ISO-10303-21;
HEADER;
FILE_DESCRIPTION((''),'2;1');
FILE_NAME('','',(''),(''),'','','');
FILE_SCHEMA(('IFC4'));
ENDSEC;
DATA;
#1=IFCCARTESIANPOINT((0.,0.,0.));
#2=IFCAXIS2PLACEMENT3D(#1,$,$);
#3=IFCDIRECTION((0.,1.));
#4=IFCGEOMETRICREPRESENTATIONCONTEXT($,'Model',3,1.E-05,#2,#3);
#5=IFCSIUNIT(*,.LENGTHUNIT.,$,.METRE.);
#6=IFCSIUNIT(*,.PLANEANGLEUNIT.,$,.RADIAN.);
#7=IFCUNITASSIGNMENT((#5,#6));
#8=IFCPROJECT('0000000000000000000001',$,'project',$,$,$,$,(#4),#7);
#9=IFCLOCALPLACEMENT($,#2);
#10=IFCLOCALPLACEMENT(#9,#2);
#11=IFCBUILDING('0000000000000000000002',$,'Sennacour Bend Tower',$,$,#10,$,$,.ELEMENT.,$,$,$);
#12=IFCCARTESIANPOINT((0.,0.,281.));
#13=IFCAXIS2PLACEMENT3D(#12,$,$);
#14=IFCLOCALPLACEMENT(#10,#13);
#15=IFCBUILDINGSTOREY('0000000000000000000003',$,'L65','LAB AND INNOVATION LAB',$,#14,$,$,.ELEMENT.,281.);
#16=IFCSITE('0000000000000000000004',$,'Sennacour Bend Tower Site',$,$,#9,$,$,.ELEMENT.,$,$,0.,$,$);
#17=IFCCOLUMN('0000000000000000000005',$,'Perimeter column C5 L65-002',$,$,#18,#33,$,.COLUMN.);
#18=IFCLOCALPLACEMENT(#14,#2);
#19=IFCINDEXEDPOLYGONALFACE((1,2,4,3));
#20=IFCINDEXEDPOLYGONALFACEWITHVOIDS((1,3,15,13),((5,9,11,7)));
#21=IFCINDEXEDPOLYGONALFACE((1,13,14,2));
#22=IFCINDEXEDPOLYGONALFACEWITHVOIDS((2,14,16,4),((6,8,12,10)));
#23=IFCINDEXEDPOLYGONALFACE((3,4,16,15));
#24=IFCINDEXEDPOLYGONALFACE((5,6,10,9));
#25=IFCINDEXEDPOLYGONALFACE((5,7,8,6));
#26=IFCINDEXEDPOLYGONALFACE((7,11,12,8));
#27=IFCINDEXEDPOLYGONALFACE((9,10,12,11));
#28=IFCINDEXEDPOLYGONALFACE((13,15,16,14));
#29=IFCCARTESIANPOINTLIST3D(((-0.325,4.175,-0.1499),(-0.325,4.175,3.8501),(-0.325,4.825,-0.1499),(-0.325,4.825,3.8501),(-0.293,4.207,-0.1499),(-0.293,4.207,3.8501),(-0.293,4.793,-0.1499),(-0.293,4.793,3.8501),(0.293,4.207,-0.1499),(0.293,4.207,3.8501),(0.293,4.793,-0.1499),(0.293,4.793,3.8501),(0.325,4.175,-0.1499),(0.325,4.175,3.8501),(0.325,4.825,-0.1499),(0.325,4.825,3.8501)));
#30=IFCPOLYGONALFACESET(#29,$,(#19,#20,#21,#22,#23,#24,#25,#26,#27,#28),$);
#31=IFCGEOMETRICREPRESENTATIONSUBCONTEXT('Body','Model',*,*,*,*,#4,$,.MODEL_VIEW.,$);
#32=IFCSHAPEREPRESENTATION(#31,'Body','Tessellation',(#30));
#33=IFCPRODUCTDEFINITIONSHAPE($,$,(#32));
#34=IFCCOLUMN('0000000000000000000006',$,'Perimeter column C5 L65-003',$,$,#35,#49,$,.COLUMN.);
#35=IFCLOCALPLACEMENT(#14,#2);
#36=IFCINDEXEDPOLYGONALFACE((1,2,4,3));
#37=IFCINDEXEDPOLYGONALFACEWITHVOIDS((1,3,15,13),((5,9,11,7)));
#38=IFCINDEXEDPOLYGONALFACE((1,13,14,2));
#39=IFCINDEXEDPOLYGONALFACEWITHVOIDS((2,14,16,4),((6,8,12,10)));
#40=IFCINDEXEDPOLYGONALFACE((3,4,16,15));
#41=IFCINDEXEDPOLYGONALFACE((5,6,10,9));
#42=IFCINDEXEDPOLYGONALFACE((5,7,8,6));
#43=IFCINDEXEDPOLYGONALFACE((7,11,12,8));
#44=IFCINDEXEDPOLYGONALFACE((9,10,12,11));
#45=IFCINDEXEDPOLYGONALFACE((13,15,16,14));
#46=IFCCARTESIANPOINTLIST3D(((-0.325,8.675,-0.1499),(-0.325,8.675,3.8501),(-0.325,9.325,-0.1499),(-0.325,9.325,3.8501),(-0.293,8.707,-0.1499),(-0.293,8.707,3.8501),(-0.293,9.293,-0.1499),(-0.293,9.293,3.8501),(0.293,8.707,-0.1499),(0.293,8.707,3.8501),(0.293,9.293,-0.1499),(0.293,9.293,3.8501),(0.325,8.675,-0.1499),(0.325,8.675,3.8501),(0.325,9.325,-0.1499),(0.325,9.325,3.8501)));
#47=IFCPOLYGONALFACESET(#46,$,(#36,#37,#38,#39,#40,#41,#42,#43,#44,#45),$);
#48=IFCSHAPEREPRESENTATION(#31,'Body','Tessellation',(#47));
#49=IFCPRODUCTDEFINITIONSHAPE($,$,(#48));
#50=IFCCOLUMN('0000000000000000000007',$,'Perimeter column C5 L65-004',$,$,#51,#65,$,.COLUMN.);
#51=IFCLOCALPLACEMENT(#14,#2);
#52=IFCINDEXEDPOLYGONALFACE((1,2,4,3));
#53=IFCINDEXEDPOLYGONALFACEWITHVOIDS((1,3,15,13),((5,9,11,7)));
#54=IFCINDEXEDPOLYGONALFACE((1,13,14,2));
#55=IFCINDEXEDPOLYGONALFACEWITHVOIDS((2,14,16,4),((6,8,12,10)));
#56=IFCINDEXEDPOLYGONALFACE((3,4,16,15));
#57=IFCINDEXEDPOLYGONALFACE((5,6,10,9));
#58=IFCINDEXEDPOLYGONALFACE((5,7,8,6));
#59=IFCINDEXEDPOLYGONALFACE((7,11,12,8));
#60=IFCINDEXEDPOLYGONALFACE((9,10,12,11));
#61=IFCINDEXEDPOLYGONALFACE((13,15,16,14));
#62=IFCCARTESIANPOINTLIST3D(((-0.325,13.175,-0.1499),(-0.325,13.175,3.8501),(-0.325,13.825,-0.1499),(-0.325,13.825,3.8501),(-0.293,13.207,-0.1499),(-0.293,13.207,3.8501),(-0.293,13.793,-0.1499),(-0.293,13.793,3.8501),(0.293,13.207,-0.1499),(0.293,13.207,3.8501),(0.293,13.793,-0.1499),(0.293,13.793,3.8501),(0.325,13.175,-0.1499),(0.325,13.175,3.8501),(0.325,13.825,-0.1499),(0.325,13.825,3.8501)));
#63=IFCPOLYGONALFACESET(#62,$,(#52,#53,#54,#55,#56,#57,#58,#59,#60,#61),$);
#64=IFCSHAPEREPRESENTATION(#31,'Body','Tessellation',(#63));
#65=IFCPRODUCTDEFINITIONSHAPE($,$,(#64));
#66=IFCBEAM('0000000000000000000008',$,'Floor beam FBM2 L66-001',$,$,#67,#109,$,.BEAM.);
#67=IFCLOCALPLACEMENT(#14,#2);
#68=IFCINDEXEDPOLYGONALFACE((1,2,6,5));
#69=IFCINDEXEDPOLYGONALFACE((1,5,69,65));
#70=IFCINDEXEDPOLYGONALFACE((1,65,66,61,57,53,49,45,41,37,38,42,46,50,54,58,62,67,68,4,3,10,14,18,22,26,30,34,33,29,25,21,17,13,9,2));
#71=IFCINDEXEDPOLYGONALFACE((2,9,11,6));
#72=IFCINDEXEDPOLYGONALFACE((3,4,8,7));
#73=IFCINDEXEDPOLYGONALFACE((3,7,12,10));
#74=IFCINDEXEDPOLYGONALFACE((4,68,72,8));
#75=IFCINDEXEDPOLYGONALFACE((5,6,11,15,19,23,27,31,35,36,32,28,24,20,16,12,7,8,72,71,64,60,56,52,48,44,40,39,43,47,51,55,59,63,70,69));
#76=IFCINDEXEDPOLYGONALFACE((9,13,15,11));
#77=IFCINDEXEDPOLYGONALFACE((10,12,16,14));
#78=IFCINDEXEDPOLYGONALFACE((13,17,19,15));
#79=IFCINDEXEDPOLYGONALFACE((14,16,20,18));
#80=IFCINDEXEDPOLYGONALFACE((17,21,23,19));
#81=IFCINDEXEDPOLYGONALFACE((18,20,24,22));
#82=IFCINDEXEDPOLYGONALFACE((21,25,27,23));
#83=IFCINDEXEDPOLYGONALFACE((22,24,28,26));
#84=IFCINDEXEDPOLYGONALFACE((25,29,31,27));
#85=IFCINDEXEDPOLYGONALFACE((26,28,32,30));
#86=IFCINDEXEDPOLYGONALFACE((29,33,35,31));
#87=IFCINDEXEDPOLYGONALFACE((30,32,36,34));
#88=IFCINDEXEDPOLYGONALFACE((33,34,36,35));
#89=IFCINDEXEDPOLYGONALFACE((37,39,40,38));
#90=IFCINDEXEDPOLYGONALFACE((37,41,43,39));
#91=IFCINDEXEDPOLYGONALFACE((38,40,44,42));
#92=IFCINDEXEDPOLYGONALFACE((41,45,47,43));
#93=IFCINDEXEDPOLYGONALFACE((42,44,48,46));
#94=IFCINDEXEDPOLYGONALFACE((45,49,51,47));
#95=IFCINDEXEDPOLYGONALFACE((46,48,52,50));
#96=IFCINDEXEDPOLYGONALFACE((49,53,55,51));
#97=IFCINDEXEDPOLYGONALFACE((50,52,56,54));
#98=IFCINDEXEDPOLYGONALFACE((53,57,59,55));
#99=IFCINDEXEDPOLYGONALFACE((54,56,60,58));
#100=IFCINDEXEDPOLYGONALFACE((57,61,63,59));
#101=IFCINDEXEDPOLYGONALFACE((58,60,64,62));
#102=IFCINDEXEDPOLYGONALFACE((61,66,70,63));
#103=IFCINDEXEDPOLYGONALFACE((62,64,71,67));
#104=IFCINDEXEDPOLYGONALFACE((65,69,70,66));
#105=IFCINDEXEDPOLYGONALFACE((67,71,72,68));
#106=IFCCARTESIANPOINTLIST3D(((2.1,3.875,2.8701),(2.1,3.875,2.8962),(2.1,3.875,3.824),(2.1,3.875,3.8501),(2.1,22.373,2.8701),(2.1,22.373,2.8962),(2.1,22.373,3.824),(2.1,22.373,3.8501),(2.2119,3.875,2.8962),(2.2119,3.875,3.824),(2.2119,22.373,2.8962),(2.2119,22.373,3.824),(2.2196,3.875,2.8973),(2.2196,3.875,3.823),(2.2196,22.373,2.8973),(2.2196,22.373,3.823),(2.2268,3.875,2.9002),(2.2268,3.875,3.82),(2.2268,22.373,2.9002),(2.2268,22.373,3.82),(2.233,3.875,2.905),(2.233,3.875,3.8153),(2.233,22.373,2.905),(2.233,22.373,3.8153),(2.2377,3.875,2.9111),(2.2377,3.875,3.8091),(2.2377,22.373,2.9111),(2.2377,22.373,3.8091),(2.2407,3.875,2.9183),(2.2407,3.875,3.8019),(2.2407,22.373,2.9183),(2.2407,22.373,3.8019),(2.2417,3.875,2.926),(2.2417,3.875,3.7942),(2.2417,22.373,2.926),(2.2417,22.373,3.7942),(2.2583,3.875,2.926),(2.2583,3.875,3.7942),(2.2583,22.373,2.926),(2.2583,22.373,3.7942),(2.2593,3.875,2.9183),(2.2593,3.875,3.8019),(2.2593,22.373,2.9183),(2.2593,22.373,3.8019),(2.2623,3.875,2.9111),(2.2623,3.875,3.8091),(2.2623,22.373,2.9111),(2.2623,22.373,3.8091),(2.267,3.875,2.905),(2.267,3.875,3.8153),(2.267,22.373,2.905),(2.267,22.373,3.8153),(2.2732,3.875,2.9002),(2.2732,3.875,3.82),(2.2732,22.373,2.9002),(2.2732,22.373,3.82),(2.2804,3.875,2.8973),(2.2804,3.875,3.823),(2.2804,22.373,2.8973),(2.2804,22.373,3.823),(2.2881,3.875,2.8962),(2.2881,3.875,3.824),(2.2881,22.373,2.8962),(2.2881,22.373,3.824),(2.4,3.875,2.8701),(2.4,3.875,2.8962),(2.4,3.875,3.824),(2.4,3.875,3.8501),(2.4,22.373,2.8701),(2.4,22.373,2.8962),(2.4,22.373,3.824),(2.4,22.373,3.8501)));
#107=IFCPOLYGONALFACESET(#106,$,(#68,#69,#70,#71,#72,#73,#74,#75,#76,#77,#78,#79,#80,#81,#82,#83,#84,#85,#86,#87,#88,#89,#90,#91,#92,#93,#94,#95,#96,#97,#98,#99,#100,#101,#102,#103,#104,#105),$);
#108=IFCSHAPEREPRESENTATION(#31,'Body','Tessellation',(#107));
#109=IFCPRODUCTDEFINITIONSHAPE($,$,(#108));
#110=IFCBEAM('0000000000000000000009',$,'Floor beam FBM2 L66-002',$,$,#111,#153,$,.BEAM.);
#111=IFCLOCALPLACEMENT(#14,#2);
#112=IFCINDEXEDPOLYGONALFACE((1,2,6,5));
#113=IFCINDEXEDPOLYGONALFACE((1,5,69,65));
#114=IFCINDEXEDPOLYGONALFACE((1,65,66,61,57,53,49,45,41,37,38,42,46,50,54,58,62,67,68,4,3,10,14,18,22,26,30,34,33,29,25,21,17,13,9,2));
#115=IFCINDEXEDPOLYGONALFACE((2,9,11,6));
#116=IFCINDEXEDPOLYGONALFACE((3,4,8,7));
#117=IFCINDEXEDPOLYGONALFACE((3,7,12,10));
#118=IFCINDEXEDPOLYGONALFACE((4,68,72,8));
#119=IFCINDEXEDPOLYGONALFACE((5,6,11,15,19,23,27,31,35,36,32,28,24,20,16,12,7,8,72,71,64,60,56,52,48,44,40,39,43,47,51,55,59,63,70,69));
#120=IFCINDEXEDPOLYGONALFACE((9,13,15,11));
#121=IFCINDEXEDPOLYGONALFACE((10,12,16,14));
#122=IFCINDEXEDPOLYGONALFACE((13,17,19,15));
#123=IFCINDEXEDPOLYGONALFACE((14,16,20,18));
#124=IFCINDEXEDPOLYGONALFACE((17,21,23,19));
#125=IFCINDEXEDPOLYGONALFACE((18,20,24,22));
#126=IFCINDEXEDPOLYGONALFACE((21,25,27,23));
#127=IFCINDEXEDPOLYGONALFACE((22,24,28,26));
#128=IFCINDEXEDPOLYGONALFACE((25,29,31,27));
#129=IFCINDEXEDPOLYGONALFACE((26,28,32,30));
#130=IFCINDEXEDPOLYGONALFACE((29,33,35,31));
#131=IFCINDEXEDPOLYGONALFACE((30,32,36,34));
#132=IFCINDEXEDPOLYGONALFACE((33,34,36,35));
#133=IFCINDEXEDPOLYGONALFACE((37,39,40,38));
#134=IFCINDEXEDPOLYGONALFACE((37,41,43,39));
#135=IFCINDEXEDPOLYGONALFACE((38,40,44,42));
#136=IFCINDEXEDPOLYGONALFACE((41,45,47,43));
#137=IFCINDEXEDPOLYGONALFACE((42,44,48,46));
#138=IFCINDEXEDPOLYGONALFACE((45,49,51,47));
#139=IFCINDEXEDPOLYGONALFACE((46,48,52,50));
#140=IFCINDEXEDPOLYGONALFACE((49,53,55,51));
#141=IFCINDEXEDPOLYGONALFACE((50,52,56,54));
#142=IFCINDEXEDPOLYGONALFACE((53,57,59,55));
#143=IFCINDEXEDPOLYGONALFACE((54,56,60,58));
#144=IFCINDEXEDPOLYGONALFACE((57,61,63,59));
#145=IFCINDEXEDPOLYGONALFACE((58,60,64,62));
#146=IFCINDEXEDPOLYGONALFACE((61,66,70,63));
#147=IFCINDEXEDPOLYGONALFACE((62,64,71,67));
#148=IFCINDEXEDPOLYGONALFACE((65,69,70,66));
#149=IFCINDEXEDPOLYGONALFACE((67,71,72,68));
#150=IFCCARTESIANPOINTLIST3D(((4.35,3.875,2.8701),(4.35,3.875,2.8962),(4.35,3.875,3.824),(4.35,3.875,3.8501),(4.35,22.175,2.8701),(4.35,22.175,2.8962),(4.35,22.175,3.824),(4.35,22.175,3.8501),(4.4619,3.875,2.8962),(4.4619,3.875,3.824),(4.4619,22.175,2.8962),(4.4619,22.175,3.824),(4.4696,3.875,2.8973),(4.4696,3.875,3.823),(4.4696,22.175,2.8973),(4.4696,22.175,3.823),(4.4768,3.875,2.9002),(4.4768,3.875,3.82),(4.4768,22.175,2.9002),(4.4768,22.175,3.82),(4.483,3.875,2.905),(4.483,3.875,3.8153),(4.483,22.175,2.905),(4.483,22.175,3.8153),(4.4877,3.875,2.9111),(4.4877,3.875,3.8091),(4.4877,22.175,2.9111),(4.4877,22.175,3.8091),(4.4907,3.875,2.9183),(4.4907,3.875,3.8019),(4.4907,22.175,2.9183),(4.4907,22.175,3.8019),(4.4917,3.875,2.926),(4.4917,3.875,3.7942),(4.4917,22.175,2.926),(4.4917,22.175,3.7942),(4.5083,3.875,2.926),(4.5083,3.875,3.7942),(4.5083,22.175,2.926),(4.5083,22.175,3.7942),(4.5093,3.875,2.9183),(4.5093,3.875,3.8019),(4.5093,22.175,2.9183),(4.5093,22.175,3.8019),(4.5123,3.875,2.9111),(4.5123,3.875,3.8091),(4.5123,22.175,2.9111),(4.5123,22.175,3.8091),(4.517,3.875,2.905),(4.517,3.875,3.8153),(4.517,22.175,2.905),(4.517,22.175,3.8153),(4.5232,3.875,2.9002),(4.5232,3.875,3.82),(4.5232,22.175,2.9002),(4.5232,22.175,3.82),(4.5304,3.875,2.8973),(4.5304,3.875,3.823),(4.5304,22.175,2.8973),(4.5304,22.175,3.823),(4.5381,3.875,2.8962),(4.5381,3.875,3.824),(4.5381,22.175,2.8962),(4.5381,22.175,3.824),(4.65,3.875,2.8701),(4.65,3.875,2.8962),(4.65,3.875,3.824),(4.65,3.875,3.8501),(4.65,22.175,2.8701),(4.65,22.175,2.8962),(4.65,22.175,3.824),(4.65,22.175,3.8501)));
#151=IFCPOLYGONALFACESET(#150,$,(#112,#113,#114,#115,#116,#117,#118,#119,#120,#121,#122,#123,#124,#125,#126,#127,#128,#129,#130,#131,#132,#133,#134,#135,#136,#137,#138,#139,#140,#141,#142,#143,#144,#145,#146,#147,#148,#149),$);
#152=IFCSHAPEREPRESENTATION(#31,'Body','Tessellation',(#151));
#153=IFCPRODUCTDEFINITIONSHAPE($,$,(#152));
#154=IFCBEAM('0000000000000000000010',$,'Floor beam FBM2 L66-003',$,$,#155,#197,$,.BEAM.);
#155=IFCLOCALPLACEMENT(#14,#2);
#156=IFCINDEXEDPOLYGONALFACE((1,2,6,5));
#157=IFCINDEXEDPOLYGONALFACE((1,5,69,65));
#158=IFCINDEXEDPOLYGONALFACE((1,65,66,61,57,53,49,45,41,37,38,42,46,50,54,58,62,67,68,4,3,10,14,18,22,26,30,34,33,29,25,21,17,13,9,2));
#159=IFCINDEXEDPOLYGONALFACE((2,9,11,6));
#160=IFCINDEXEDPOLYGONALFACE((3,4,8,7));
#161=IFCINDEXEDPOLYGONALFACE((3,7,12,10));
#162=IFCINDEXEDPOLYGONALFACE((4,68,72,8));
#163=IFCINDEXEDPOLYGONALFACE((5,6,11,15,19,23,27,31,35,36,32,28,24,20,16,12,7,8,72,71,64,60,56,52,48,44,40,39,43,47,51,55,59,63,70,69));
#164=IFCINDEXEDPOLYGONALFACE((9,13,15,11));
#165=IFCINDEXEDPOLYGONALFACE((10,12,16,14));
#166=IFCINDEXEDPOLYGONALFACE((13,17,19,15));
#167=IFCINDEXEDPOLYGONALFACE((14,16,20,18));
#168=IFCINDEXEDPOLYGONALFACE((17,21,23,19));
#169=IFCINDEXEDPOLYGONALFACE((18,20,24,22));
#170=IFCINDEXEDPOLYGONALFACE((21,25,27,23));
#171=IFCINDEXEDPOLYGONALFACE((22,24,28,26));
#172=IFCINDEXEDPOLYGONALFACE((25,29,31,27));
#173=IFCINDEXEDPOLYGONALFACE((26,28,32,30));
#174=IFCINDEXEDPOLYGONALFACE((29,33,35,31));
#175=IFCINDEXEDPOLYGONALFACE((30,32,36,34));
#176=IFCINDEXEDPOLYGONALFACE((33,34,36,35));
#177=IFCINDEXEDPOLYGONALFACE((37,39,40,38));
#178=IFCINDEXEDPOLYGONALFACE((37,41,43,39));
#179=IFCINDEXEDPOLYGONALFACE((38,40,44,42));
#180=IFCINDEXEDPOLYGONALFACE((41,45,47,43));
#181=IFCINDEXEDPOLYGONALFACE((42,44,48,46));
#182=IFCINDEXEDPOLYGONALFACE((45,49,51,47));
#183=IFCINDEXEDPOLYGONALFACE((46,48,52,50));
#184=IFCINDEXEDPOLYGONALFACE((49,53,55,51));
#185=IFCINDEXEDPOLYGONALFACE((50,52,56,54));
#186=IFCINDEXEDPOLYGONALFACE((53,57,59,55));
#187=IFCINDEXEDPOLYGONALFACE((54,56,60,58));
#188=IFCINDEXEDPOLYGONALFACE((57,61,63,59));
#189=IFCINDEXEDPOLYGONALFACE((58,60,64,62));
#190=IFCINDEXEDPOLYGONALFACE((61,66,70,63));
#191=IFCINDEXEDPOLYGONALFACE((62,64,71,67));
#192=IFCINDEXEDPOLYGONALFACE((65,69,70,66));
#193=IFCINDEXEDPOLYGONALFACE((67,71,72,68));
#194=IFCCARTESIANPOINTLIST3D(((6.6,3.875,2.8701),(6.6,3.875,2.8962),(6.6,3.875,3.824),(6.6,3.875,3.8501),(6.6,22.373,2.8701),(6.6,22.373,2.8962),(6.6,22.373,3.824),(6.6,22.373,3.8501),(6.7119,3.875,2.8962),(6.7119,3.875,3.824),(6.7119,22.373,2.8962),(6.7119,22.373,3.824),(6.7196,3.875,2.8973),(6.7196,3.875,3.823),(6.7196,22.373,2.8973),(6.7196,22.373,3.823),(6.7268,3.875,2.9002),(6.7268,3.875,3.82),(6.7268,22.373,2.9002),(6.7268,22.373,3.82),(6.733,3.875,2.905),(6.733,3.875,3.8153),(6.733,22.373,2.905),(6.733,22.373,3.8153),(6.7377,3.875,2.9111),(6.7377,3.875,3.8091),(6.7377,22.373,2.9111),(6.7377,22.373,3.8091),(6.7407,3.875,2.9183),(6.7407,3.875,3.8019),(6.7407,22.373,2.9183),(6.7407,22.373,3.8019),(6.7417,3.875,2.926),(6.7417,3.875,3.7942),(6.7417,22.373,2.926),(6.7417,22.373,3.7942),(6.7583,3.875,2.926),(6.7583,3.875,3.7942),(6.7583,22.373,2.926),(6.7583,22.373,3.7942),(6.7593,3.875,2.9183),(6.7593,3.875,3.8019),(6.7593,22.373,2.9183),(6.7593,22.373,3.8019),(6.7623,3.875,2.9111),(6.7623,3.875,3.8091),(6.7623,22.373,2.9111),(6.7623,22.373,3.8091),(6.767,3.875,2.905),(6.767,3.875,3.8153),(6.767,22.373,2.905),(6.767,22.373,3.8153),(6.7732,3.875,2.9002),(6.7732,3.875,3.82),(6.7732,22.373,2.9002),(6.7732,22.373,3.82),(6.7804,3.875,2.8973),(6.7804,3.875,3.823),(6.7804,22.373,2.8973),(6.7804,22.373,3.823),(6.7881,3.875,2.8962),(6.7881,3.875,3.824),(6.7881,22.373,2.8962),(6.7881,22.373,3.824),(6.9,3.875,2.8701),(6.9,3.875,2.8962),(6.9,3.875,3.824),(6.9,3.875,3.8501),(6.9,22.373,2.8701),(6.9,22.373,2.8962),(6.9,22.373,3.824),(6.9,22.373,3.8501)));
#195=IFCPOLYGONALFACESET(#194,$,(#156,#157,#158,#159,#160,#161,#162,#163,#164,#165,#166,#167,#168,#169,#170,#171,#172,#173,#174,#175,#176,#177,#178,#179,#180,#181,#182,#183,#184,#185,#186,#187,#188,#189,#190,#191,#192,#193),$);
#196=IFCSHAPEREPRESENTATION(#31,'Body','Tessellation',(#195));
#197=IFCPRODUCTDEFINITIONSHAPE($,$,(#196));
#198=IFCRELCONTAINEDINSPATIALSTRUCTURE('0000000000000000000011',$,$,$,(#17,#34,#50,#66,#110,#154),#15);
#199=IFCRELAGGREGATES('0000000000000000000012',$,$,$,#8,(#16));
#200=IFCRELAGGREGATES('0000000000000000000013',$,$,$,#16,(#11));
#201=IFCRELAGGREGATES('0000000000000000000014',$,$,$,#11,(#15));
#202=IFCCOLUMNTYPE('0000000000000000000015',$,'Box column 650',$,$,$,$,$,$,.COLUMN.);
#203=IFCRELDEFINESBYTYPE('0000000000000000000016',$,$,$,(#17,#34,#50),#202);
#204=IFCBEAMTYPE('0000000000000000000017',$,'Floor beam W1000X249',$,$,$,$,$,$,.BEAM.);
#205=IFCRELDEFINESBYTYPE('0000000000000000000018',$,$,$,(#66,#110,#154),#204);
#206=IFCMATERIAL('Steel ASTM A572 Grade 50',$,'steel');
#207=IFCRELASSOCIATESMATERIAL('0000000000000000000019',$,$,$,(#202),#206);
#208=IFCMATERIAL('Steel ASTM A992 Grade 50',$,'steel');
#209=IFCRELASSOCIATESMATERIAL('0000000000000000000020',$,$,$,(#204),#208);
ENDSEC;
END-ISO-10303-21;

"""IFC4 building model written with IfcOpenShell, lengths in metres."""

from ifc_helpers import new_model, si_unit, direction, frame, origin, origin_2d, place, context, subcontext, project, spatial, hollow_rectangle, i_section, extrude, material, material_profile, profile_set, type_object, element, save


model = new_model("IFC4")

# Units and contexts
model_context = context("Model", 3, precision=1e-05, world=origin(), true_north=direction((0.0, 1.0)))
body_context = subcontext(model_context, "Body", "Model", "MODEL_VIEW")
ifc_project = project(units=[si_unit("LENGTHUNIT", "METRE"), si_unit("PLANEANGLEUNIT", "RADIAN")], contexts=[model_context])

# Site, building, storey
site_placement = place(None, origin())
site = spatial("IfcSite", under=ifc_project, at=site_placement, Name="Sennacour Bend Tower Site", CompositionType="ELEMENT", RefElevation=0.0)
building_placement = place(site_placement, origin())
building = spatial("IfcBuilding", under=site, at=building_placement, Name="Sennacour Bend Tower", CompositionType="ELEMENT")
storey_placement = place(building_placement, frame((0.0, 0.0, 281.0)))
storey = spatial("IfcBuildingStorey", under=building, at=storey_placement, Name="L65", Description="LAB AND INNOVATION LAB", CompositionType="ELEMENT", Elevation=281.0)

# Columns
ifc_material_1 = material(Name="Steel ASTM A572 Grade 50", Category="steel")
ifc_material_profile_1 = material_profile(ifc_material_1, hollow_rectangle(XDim=0.6499, YDim=0.6499, WallThickness=0.032, at=origin_2d()), Name="Steel ASTM A572 Grade 50", Category="steel")
ifc_profile_set_1 = profile_set([ifc_material_profile_1], Name="Steel ASTM A572 Grade 50")
column_type = type_object("IfcColumnType", Name="Box column 650", PredefinedType="COLUMN", material=ifc_profile_set_1)
for number, where, z_axis, x_axis, name in (
    (1, (0.0, 4.5, -0.1499), (0.0, 0.0, 1.0), (1.0, 0.0, 0.0), "Perimeter column C5 L65-002"),
    (2, (0.0, 9.0, -0.1499), (0.0, 0.0, 1.0), (1.0, 0.0, 0.0), "Perimeter column C5 L65-003"),
    (3, (0.0, 13.5, -0.1499), (0.0, 0.0, 1.0), (1.0, 0.0, 0.0), "Perimeter column C5 L65-004"),
):
    element("IfcColumn", number, at=place(storey_placement, frame(where, z_axis=z_axis, x_axis=x_axis)), inside=storey, type_object=column_type, Name=name, PredefinedType="COLUMN", context=body_context, shape_type="SweptSolid", body=[
        extrude(hollow_rectangle(XDim=0.6499, YDim=0.6499, WallThickness=0.032, at=origin_2d()), origin(), (0.0, 0.0, 1.0), 4.0),
    ])

# Beams
ifc_material_2 = material(Name="Steel ASTM A992 Grade 50", Category="steel")
ifc_material_profile_2 = material_profile(ifc_material_2, i_section(OverallWidth=0.3, OverallDepth=0.98, WebThickness=0.0166, FlangeThickness=0.0261, FilletRadius=0.0298, at=origin_2d()), Name="Steel ASTM A992 Grade 50", Category="steel")
ifc_profile_set_2 = profile_set([ifc_material_profile_2], Name="Steel ASTM A992 Grade 50")
beam_type_1 = type_object("IfcBeamType", Name="Floor beam W1000X249", PredefinedType="BEAM", material=ifc_profile_set_2)
beam_1_placement = place(storey_placement, frame((2.25, 3.875, 3.3601), z_axis=(0.0, 1.0, 0.0), x_axis=(-1.0, 0.0, 0.0)))
element("IfcBeam", 4, at=beam_1_placement, inside=storey, type_object=beam_type_1, Name="Floor beam FBM2 L66-001", PredefinedType="BEAM", context=body_context, shape_type="SweptSolid", body=[
    extrude(i_section(OverallWidth=0.3, OverallDepth=0.98, WebThickness=0.0166, FlangeThickness=0.0261, FilletRadius=0.0298, at=origin_2d()), origin(), (0.0, 0.0, 1.0), 18.498),
])
beam_2_placement = place(storey_placement, frame((4.5, 3.875, 3.3601), z_axis=(0.0, 1.0, 0.0), x_axis=(-1.0, 0.0, 0.0)))
element("IfcBeam", 5, at=beam_2_placement, inside=storey, type_object=beam_type_1, Name="Floor beam FBM2 L66-002", PredefinedType="BEAM", context=body_context, shape_type="SweptSolid", body=[
    extrude(i_section(OverallWidth=0.3, OverallDepth=0.98, WebThickness=0.0166, FlangeThickness=0.0261, FilletRadius=0.0298, at=origin_2d()), origin(), (0.0, 0.0, 1.0), 18.3),
])
beam_3_placement = place(storey_placement, frame((6.75, 3.875, 3.3601), z_axis=(0.0, 1.0, 0.0), x_axis=(-1.0, 0.0, 0.0)))
element("IfcBeam", 6, at=beam_3_placement, inside=storey, type_object=beam_type_1, Name="Floor beam FBM2 L66-003", PredefinedType="BEAM", context=body_context, shape_type="SweptSolid", body=[
    extrude(i_section(OverallWidth=0.3, OverallDepth=0.98, WebThickness=0.0166, FlangeThickness=0.0261, FilletRadius=0.0298, at=origin_2d()), origin(), (0.0, 0.0, 1.0), 18.498),
])

save(model, "model.ifc")
